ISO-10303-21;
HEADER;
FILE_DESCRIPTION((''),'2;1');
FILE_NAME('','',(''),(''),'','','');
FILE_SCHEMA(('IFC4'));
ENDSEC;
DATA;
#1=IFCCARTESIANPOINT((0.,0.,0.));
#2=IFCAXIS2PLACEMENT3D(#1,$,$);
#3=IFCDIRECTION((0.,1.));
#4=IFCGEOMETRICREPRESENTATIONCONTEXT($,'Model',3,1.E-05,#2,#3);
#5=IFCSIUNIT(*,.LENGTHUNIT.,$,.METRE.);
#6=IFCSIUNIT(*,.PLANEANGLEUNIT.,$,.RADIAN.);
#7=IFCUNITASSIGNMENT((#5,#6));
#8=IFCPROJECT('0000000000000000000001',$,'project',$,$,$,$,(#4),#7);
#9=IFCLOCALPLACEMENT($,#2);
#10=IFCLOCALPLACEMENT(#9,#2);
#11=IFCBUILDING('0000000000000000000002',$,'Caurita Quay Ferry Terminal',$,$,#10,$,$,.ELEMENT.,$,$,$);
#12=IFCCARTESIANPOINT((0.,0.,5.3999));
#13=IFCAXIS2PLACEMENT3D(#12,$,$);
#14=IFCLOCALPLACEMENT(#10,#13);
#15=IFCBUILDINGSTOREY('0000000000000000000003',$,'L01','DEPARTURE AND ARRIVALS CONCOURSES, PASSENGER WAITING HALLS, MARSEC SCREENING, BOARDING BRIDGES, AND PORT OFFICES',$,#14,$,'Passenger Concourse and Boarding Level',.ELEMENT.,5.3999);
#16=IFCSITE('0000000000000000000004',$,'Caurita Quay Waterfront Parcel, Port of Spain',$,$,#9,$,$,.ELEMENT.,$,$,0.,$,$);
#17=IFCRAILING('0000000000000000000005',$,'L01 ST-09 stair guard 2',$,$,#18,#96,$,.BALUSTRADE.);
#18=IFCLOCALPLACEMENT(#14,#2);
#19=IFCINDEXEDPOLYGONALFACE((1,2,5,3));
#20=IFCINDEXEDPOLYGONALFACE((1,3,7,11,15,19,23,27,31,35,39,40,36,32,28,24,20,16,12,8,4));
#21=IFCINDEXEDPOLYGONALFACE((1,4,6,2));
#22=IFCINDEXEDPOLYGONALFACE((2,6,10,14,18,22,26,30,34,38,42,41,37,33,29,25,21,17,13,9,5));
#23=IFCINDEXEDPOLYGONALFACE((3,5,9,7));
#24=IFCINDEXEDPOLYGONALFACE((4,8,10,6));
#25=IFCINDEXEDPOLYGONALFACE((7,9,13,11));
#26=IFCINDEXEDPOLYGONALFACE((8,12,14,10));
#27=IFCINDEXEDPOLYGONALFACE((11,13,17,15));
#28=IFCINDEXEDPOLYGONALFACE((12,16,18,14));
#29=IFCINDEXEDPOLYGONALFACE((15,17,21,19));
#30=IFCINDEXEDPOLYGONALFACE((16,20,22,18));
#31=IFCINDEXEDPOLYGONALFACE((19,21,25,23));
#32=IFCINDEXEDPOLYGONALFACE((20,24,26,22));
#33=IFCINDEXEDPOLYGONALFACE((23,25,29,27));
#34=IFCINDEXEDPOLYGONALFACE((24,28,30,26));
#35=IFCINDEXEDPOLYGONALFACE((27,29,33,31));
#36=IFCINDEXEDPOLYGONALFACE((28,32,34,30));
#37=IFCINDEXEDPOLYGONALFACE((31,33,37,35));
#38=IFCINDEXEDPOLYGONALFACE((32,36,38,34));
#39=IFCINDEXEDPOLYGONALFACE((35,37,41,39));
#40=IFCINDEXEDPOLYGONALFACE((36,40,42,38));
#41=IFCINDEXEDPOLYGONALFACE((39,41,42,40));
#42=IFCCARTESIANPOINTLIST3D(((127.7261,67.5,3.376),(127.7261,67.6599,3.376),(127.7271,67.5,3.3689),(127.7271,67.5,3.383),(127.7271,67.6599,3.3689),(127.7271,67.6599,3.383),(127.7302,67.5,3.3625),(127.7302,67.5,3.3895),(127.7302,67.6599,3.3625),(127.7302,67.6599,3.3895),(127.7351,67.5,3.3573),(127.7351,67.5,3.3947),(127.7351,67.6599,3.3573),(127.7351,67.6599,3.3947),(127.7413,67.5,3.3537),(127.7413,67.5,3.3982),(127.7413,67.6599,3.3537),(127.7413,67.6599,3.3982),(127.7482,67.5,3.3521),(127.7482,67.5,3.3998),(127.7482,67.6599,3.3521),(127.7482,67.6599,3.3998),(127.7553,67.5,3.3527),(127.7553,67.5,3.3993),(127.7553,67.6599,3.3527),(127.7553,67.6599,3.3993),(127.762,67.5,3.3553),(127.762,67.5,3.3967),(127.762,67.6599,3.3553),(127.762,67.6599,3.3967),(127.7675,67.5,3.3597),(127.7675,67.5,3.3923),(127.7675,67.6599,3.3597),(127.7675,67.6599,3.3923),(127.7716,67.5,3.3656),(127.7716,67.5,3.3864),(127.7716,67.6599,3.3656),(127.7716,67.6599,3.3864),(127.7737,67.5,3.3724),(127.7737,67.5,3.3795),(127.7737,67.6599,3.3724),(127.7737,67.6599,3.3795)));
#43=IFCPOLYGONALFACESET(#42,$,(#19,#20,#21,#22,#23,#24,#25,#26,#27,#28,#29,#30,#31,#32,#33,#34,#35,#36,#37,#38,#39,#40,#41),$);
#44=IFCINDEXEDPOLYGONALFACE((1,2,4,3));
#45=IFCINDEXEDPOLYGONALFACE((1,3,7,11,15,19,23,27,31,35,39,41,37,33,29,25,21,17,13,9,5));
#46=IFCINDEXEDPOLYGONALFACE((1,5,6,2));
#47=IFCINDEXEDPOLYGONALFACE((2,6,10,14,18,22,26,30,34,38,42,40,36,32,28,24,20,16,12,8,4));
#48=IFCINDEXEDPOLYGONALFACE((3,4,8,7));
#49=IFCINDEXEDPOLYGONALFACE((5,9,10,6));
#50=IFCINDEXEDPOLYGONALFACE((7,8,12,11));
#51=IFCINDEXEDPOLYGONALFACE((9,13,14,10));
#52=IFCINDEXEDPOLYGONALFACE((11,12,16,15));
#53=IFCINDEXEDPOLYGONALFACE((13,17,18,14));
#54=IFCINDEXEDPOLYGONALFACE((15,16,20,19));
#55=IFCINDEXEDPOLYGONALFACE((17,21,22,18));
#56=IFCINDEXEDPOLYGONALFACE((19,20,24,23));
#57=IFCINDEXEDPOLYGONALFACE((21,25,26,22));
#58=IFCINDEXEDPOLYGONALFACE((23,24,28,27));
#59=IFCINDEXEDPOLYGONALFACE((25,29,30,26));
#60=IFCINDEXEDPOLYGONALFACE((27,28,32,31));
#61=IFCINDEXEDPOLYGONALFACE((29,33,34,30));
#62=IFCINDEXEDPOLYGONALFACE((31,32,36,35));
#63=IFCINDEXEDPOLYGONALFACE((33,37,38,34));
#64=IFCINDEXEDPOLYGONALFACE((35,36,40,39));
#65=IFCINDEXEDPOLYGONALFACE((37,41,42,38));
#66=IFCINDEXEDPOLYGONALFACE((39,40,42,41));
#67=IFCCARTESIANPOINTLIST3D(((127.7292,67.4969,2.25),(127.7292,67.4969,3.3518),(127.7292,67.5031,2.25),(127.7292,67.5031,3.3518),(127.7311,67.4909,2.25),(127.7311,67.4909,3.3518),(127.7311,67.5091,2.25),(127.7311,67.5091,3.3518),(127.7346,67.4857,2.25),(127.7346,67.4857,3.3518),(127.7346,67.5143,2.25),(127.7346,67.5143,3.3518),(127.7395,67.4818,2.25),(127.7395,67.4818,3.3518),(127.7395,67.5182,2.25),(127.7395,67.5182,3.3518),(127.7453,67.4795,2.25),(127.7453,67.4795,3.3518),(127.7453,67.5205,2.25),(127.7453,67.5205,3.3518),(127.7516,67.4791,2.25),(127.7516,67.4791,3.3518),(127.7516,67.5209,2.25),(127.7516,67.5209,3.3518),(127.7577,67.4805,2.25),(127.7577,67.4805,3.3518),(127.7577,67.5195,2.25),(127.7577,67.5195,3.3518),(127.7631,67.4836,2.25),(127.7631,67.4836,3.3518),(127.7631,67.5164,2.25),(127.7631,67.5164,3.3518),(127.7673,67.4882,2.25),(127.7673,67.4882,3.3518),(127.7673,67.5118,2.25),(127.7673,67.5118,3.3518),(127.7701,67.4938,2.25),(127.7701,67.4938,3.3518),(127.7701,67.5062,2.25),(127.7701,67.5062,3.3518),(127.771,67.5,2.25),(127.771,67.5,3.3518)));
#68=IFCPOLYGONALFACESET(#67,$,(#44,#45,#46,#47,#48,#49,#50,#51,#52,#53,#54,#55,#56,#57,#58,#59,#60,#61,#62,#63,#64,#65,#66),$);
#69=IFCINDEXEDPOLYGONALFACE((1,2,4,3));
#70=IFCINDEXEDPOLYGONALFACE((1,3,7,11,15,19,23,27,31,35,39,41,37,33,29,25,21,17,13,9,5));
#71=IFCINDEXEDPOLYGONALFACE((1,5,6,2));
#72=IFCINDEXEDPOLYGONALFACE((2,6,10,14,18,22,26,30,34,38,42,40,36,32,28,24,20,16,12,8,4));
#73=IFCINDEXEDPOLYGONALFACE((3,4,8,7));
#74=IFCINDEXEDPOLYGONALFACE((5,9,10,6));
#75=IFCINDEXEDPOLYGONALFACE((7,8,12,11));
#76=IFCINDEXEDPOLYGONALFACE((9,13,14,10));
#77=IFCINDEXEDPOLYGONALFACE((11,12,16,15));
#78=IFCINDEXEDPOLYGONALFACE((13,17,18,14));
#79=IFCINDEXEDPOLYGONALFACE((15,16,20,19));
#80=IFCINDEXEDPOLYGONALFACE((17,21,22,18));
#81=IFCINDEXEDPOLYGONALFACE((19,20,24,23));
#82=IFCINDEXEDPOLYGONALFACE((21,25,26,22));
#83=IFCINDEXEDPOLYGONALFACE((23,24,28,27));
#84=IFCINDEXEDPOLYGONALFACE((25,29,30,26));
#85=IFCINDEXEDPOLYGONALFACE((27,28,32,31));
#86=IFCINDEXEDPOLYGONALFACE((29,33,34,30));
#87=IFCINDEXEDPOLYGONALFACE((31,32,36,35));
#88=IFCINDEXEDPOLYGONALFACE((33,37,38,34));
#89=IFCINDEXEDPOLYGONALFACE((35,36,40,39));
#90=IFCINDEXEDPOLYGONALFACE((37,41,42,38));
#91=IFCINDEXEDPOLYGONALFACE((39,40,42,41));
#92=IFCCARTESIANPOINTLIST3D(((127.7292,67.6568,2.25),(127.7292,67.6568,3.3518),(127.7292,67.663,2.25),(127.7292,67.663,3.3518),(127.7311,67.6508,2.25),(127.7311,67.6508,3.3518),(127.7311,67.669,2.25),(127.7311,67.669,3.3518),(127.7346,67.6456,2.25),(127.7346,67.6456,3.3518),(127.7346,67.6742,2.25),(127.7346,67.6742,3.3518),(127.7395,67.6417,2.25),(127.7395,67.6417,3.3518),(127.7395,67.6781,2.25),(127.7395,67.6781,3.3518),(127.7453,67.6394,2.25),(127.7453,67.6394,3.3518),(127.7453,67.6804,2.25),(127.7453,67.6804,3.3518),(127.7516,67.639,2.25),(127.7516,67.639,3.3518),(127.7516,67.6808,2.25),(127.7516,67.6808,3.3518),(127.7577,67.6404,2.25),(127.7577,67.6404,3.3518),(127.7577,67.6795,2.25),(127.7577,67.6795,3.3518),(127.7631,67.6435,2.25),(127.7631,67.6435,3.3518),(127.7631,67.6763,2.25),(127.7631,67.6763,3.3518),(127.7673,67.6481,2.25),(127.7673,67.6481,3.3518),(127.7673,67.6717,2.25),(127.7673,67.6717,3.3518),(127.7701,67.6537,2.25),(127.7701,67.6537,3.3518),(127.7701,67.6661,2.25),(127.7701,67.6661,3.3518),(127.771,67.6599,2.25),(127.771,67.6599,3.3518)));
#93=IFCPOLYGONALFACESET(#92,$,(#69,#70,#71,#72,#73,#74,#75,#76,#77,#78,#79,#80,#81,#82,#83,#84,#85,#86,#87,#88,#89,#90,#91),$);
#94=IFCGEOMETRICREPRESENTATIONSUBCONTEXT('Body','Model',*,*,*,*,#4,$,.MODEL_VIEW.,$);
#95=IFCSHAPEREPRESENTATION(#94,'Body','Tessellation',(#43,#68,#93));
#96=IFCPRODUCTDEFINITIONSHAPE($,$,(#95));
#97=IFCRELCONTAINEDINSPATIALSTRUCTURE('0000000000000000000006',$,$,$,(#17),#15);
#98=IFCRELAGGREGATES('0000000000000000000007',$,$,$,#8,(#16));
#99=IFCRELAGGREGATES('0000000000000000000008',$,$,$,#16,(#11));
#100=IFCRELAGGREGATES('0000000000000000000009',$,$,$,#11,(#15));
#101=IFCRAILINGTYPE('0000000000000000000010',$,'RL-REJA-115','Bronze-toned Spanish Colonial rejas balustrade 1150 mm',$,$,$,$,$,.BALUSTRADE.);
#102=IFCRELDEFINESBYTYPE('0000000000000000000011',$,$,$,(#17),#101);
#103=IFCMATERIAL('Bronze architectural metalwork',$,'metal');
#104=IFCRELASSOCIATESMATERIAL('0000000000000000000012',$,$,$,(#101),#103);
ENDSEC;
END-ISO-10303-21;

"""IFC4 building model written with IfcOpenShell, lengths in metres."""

from ifc_helpers import new_model, si_unit, direction, frame, origin, origin_2d, place, context, subcontext, project, spatial, circle, extrude, material, type_object, element, save


model = new_model("IFC4")

# Units and contexts
model_context = context("Model", 3, precision=1e-05, world=origin(), true_north=direction((0.0, 1.0)))
body_context = subcontext(model_context, "Body", "Model", "MODEL_VIEW")
ifc_project = project(units=[si_unit("LENGTHUNIT", "METRE"), si_unit("PLANEANGLEUNIT", "RADIAN")], contexts=[model_context])

# Site, building, storey
site_placement = place(None, origin())
site = spatial("IfcSite", under=ifc_project, at=site_placement, Name="Caurita Quay Waterfront Parcel, Port of Spain", CompositionType="ELEMENT", RefElevation=0.0)
building_placement = place(site_placement, origin())
building = spatial("IfcBuilding", under=site, at=building_placement, Name="Caurita Quay Ferry Terminal", CompositionType="ELEMENT")
storey_placement = place(building_placement, frame((0.0, 0.0, 5.3999)))
storey = spatial("IfcBuildingStorey", under=building, at=storey_placement, Name="L01", Description="DEPARTURE AND ARRIVALS CONCOURSES, PASSENGER WAITING HALLS, MARSEC SCREENING, BOARDING BRIDGES, AND PORT OFFICES", LongName="Passenger Concourse and Boarding Level", CompositionType="ELEMENT", Elevation=5.3999)

# Railing
ifc_material_1 = material(Name="Bronze architectural metalwork", Category="metal")
railing_type_1 = type_object("IfcRailingType", Name="RL-REJA-115", Description="Bronze-toned Spanish Colonial rejas balustrade 1150 mm", PredefinedType="BALUSTRADE", material=ifc_material_1)
railing_1_placement = place(storey_placement, frame((127.75, 67.5, 2.25)))
element("IfcRailing", 1, at=railing_1_placement, inside=storey, type_object=railing_type_1, Name="L01 ST-09 stair guard 2", PredefinedType="BALUSTRADE", context=body_context, shape_type="SweptSolid", body=[
    extrude(circle(Radius=0.0239, at=origin_2d()), frame((0.0, 0.0, 1.126), z_axis=(0.0, 1.0, 0.0), x_axis=(-1.0, 0.0, 0.0)), (0.0, 0.0, 1.0), 0.1599),
    extrude(circle(Radius=0.021, at=origin_2d()), origin(), (0.0, 0.0, 1.0), 1.1018),
    extrude(circle(Radius=0.021, at=origin_2d()), frame((0.0, 0.1599, 0.0)), (0.0, 0.0, 1.0), 1.1018),
])

save(model, "model.ifc")
